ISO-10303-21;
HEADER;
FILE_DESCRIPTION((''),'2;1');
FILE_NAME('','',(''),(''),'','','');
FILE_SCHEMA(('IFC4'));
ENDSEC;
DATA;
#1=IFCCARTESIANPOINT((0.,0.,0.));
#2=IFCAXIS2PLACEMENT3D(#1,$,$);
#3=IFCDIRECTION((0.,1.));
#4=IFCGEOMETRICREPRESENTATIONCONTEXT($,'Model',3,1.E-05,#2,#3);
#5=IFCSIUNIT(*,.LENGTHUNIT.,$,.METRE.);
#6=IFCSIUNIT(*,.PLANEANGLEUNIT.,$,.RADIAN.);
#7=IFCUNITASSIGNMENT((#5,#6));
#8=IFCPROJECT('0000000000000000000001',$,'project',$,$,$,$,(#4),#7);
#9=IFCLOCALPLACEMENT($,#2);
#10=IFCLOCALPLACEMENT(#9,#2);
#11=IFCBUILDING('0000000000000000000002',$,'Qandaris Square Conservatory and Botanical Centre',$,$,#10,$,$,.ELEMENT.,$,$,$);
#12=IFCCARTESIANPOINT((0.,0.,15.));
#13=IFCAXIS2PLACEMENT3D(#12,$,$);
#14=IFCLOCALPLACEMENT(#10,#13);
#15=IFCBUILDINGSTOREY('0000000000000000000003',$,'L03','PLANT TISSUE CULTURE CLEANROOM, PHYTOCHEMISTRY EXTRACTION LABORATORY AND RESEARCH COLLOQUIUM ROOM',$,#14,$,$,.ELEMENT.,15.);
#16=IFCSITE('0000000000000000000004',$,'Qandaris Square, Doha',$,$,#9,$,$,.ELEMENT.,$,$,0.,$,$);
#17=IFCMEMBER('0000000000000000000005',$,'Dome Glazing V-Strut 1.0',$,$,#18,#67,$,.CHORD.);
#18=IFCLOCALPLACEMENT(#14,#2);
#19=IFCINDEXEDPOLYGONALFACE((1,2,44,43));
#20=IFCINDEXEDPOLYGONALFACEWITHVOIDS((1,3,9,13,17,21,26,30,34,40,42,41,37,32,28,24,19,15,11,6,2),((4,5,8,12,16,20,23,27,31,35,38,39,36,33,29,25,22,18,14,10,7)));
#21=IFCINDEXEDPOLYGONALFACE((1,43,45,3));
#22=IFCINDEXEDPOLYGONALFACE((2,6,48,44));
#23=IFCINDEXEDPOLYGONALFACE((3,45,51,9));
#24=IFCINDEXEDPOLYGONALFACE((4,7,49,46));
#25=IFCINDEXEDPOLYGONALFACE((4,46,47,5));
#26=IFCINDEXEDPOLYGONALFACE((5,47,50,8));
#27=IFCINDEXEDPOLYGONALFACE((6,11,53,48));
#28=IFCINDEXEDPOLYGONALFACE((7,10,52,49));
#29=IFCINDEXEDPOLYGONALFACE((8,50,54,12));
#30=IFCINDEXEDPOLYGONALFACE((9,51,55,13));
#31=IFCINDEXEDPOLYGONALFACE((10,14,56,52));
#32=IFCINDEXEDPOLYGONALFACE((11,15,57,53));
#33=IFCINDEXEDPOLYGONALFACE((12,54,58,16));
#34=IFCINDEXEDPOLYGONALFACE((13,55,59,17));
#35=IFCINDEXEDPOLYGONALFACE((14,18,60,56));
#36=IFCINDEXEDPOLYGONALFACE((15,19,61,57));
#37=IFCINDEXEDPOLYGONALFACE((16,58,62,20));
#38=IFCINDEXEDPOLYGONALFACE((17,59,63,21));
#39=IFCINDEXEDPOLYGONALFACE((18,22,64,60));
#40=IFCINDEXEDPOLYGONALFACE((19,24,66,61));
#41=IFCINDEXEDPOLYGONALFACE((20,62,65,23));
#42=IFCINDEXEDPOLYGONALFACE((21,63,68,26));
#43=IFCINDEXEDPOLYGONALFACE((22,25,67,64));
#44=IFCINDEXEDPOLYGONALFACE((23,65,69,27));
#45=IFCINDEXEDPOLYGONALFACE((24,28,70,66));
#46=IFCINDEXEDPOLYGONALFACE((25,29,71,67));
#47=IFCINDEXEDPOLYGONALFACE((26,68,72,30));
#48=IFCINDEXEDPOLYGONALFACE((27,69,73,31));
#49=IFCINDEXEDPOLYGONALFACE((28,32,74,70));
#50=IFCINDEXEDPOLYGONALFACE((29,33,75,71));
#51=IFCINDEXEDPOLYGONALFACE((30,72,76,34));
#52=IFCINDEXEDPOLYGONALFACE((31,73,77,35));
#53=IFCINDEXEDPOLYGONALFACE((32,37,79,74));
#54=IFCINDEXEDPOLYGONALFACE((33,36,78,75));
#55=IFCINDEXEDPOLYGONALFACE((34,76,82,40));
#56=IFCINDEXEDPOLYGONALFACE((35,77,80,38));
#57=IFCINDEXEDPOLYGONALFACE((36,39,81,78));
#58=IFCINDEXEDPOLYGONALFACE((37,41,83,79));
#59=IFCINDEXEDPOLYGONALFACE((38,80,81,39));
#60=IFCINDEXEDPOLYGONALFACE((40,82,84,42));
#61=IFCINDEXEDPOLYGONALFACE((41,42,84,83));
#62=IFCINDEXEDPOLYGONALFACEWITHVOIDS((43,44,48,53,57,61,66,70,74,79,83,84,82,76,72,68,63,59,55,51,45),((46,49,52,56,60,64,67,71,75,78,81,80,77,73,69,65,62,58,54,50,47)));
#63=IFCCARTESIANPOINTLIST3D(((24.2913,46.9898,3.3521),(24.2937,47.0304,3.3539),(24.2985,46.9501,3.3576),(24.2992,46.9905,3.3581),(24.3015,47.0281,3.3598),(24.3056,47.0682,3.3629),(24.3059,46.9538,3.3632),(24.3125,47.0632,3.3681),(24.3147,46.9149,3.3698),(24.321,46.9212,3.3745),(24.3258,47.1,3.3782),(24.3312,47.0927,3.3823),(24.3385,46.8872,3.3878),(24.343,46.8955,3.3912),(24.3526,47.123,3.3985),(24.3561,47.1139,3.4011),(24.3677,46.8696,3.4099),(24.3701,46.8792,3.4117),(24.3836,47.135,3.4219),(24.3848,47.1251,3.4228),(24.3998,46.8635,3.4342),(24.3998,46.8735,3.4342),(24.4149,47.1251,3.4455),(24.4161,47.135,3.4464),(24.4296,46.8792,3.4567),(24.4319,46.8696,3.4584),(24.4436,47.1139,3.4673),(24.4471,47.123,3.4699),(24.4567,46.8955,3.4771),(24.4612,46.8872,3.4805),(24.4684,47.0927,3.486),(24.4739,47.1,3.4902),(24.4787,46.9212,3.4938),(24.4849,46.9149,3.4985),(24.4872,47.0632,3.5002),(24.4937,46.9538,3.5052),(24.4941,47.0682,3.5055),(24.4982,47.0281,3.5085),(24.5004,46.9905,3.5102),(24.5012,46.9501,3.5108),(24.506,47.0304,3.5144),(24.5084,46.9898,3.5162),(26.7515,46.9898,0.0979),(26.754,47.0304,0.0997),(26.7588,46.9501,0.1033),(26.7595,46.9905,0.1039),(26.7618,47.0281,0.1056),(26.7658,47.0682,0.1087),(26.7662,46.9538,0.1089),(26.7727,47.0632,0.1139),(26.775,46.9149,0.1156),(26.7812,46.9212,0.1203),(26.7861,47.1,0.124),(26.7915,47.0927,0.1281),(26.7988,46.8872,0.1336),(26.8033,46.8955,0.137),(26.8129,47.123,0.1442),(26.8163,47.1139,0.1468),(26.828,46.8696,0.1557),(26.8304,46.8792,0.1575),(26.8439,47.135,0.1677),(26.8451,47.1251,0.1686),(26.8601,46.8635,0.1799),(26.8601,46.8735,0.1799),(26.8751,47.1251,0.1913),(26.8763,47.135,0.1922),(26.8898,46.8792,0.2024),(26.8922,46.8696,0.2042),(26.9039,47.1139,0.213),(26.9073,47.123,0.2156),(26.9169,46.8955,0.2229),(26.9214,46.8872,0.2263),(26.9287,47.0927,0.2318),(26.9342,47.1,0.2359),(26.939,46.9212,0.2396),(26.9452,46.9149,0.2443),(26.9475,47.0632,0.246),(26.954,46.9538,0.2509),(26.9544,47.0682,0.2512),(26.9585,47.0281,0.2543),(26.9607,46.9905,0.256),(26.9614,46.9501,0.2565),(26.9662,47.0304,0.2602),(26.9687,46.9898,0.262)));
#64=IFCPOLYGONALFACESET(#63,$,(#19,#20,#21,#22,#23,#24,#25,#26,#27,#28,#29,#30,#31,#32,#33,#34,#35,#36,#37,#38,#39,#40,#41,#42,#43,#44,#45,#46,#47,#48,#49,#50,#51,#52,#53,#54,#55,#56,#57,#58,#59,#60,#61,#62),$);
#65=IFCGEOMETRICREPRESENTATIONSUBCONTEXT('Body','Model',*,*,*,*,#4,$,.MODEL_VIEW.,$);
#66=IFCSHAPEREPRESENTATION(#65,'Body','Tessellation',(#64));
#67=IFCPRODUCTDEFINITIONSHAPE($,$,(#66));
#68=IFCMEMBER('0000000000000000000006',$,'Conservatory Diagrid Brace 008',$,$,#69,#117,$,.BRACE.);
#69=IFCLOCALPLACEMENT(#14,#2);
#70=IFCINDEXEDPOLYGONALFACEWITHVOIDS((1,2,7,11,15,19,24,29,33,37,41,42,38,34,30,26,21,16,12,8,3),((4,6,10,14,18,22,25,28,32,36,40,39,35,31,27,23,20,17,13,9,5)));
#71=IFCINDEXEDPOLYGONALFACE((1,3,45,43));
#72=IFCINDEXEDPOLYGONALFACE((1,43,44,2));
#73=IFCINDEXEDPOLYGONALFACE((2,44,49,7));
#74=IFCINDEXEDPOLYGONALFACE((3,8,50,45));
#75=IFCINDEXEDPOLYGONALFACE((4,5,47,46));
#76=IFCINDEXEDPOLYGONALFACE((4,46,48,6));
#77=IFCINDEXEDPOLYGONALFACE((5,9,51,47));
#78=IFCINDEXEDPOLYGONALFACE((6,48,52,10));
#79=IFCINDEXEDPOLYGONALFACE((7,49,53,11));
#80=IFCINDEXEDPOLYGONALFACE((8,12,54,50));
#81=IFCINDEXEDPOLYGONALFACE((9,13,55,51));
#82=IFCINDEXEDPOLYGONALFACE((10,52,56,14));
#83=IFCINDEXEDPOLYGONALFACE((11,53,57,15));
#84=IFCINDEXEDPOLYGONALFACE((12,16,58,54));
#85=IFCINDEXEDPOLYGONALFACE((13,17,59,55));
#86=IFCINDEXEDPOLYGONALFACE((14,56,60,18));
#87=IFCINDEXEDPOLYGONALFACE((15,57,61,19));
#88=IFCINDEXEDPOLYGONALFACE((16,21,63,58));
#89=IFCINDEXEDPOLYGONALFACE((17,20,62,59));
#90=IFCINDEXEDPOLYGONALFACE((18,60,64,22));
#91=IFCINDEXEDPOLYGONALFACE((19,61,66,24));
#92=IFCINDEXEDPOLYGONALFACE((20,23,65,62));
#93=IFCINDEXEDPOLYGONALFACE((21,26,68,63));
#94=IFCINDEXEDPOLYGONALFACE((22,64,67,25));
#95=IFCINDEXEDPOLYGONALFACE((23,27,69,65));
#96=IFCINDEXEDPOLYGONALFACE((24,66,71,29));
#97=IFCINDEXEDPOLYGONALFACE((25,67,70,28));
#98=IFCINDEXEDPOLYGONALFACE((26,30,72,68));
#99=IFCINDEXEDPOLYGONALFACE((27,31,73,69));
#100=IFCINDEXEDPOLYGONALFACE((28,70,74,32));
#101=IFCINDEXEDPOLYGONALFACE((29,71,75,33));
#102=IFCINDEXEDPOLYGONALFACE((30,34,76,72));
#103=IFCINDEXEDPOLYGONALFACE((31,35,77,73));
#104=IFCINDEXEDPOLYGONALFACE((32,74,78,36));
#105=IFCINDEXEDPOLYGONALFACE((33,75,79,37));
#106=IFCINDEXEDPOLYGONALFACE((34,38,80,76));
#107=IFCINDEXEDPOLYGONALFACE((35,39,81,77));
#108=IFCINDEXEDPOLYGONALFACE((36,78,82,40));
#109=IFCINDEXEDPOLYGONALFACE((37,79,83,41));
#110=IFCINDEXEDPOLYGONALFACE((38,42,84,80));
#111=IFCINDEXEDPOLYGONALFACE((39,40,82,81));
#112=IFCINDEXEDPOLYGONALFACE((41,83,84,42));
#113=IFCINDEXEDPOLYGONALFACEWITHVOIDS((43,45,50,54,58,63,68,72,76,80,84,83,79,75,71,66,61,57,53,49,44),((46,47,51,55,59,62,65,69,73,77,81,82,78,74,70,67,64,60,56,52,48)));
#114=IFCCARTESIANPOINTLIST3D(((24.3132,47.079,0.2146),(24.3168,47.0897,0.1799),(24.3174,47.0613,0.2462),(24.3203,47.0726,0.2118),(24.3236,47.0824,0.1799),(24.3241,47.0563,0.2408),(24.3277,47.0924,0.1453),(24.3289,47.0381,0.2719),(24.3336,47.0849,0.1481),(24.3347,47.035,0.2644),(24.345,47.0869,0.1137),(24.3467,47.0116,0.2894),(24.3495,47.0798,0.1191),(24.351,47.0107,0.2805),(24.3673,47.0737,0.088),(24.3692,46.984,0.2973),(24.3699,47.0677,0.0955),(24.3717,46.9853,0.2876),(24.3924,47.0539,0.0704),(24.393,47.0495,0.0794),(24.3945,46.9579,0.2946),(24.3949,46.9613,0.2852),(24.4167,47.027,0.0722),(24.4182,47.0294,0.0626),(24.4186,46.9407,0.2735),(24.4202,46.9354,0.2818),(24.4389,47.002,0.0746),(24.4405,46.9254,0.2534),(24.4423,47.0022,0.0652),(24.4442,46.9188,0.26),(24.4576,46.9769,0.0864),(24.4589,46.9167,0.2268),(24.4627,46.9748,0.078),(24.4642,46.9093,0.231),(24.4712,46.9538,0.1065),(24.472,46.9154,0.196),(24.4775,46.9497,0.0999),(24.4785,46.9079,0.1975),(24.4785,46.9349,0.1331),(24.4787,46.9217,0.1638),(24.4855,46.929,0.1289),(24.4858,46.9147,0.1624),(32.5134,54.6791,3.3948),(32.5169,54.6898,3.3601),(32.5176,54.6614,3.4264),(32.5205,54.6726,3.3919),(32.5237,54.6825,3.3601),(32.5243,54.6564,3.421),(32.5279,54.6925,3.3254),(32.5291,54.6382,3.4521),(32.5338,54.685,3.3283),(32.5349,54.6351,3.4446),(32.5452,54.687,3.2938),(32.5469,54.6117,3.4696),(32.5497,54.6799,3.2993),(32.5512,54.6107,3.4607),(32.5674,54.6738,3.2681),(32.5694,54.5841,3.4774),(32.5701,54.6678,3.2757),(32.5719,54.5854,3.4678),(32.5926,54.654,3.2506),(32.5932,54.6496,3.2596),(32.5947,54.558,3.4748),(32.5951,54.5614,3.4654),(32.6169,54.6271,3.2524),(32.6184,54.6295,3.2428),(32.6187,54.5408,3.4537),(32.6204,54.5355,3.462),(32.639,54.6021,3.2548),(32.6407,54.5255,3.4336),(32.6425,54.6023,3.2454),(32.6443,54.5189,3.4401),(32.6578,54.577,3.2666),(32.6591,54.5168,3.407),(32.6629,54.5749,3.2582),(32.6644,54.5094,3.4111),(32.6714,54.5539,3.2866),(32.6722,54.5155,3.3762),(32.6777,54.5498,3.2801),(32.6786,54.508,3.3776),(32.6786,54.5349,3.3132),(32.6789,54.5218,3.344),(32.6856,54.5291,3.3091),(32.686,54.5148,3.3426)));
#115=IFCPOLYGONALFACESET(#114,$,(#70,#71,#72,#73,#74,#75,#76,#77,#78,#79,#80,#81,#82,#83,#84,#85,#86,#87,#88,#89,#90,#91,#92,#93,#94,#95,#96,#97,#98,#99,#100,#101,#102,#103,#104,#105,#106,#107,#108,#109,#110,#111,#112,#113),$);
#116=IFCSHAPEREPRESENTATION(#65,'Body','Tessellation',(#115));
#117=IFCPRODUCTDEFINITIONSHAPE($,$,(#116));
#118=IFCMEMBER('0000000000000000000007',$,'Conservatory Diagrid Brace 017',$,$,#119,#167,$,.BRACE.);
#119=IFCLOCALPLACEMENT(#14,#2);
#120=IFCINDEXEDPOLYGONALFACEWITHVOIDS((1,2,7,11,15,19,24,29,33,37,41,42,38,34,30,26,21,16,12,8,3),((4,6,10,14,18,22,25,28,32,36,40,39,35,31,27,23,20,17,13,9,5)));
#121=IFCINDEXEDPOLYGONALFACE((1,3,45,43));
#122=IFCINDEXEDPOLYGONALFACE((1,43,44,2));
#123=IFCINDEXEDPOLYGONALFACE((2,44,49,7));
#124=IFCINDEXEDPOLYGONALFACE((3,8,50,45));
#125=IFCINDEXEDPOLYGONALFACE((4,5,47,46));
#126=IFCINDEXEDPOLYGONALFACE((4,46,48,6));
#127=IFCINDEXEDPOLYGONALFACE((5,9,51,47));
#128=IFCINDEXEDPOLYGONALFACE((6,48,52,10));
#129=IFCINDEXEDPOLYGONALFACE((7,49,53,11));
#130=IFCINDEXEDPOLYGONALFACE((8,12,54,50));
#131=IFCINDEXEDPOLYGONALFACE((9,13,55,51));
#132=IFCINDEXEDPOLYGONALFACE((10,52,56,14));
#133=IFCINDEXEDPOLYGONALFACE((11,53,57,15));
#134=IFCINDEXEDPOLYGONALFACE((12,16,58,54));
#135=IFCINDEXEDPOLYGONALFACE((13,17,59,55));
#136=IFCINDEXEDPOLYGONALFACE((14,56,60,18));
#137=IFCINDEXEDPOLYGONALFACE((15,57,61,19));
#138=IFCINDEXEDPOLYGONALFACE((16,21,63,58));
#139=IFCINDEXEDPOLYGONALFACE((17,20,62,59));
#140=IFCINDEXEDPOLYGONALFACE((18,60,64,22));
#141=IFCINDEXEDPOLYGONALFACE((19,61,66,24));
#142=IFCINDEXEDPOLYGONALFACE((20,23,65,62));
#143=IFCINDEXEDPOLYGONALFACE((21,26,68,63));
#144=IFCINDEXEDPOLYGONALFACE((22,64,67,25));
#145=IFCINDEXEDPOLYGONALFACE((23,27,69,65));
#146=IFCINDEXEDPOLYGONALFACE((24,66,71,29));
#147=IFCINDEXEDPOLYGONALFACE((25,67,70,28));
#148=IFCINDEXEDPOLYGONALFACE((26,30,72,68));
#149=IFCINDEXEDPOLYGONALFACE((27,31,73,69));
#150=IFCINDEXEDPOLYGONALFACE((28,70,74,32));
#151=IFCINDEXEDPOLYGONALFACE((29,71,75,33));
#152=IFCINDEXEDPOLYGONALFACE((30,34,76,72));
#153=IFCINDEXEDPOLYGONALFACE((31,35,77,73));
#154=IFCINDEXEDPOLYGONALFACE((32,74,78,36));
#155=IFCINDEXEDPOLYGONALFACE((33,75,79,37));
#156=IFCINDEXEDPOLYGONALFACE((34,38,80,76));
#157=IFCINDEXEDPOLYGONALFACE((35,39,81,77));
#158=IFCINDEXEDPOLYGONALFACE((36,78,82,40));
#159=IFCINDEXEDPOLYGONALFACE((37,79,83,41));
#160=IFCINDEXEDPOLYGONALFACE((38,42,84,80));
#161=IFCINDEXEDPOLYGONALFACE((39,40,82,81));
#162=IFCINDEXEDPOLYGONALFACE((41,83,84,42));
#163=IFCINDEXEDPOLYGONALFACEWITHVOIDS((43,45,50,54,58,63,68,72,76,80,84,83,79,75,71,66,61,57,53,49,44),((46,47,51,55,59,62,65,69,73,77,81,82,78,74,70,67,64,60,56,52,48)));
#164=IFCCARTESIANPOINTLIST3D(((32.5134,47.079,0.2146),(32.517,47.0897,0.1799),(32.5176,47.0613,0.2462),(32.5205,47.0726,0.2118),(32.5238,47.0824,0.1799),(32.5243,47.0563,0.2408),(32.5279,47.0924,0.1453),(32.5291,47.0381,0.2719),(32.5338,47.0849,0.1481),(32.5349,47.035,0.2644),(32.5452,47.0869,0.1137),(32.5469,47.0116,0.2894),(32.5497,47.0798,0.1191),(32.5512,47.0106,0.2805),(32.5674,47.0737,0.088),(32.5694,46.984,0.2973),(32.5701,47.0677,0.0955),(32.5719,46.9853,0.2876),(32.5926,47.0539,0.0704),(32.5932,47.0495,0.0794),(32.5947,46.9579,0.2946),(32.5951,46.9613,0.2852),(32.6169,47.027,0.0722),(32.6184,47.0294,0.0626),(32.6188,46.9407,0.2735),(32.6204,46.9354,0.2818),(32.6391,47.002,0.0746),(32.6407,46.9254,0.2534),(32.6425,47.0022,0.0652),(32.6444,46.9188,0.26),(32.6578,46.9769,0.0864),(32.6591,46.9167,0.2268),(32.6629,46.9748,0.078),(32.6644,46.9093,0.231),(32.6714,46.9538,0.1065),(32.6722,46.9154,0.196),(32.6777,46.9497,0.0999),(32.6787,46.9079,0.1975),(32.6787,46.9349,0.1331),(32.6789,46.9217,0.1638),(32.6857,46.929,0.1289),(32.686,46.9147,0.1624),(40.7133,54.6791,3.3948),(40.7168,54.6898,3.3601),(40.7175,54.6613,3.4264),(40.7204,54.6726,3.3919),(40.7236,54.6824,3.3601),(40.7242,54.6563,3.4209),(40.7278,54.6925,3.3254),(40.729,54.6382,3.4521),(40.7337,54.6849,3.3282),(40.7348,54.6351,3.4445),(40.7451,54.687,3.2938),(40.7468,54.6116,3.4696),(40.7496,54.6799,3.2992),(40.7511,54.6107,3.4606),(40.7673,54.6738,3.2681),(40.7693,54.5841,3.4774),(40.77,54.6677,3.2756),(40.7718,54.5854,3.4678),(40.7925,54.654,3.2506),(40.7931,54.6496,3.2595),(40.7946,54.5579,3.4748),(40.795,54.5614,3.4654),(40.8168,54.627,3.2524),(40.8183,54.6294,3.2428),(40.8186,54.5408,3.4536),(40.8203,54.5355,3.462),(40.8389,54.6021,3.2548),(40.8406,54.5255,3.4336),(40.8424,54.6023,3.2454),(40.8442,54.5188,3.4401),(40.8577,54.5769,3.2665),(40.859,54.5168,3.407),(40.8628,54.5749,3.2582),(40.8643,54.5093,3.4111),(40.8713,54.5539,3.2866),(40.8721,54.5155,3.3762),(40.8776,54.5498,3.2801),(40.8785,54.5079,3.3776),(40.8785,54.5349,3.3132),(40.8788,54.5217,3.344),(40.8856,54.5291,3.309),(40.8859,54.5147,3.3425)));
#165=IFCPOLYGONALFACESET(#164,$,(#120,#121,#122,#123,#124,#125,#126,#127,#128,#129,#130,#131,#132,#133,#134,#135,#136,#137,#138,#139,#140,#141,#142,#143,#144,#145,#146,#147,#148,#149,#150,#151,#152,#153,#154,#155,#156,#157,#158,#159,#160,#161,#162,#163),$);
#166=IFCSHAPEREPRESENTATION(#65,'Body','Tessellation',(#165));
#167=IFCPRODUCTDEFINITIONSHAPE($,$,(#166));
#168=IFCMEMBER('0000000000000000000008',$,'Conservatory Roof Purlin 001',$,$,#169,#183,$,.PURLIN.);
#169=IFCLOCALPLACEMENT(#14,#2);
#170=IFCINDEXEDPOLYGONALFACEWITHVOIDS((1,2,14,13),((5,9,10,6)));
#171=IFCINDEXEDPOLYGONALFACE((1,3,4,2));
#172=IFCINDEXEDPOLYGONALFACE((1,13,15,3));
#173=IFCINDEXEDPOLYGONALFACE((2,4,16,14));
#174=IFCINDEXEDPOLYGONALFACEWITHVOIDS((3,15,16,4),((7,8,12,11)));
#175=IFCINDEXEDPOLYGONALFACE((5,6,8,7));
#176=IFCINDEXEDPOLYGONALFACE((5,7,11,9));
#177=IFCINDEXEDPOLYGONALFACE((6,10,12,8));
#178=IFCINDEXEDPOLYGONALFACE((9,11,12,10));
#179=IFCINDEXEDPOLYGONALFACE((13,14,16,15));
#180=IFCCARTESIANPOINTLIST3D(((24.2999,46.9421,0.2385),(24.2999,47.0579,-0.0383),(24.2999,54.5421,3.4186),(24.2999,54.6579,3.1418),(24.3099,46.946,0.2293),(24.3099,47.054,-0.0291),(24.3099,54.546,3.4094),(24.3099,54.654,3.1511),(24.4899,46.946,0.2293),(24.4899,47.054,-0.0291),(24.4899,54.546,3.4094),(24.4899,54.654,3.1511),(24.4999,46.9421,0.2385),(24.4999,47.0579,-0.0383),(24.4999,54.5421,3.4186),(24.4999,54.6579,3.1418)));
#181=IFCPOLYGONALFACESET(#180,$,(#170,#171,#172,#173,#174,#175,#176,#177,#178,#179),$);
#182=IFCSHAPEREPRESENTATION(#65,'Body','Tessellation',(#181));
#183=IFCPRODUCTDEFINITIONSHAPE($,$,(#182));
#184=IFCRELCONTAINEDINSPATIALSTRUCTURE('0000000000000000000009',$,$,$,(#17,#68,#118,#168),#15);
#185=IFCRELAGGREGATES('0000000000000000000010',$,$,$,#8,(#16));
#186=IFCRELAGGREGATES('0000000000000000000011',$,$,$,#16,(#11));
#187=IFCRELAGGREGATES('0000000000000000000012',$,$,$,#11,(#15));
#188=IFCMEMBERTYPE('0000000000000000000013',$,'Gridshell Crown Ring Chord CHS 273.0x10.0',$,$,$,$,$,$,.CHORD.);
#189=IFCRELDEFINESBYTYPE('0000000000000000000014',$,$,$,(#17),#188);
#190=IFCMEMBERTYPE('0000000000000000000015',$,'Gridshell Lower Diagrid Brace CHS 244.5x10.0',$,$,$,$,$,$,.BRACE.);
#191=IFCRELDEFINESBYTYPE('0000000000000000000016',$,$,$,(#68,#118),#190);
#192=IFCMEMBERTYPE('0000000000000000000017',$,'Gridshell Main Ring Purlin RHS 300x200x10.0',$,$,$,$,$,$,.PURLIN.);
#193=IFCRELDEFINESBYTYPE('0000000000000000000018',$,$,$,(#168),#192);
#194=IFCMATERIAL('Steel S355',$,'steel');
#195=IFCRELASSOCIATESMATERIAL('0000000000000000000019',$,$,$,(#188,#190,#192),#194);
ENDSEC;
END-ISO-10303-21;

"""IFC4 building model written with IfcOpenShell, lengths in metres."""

from ifc_helpers import new_model, si_unit, direction, frame, origin, origin_2d, place, context, subcontext, project, spatial, hollow_rectangle, hollow_circle, extrude, material, material_profile, profile_set, type_object, element, save


model = new_model("IFC4")

# Units and contexts
model_context = context("Model", 3, precision=1e-05, world=origin(), true_north=direction((0.0, 1.0)))
body_context = subcontext(model_context, "Body", "Model", "MODEL_VIEW")
ifc_project = project(units=[si_unit("LENGTHUNIT", "METRE"), si_unit("PLANEANGLEUNIT", "RADIAN")], contexts=[model_context])

# Site, building, storey
site_placement = place(None, origin())
site = spatial("IfcSite", under=ifc_project, at=site_placement, Name="Qandaris Square, Doha", CompositionType="ELEMENT", RefElevation=0.0)
building_placement = place(site_placement, origin())
building = spatial("IfcBuilding", under=site, at=building_placement, Name="Qandaris Square Conservatory and Botanical Centre", CompositionType="ELEMENT")
storey_placement = place(building_placement, frame((0.0, 0.0, 15.0)))
storey = spatial("IfcBuildingStorey", under=building, at=storey_placement, Name="L03", Description="PLANT TISSUE CULTURE CLEANROOM, PHYTOCHEMISTRY EXTRACTION LABORATORY AND RESEARCH COLLOQUIUM ROOM", CompositionType="ELEMENT", Elevation=15.0)

# Shared definitions
ifc_material_1 = material(Name="Steel S355", Category="steel")

# Members
ifc_material_profile_1 = material_profile(ifc_material_1, hollow_circle(Radius=0.1365, WallThickness=0.01, at=origin_2d()), Name="CHS 273.0x10.0")
ifc_profile_set_1 = profile_set([ifc_material_profile_1], Name="Steel S355")
member_type_1 = type_object("IfcMemberType", Name="Gridshell Crown Ring Chord CHS 273.0x10.0", PredefinedType="CHORD", material=ifc_profile_set_1)
member_1_placement = place(storey_placement, frame((26.8601, 47.0, 0.1799), z_axis=(-0.603069, 0.0, 0.797689), x_axis=(0.0, -1.0, 0.0)))
element("IfcMember", 1, at=member_1_placement, inside=storey, type_object=member_type_1, Name="Dome Glazing V-Strut 1.0", PredefinedType="CHORD", context=body_context, shape_type="SweptSolid", body=[
    extrude(hollow_circle(Radius=0.1365, WallThickness=0.01, at=origin_2d()), origin(), (0.0, 0.0, 1.0), 4.0796),
])
ifc_material_profile_2 = material_profile(ifc_material_1, hollow_circle(Radius=0.1223, WallThickness=0.01, at=origin_2d()), Name="CHS 244.5x10.0")
ifc_profile_set_2 = profile_set([ifc_material_profile_2], Name="Steel S355")
member_type_2 = type_object("IfcMemberType", Name="Gridshell Lower Diagrid Brace CHS 244.5x10.0", PredefinedType="BRACE", material=ifc_profile_set_2)
member_2_placement = place(storey_placement, frame((24.3999, 47.0, 0.1799), z_axis=(0.705452, 0.653826, 0.273586), x_axis=(-0.679761, 0.733434, 0.0)))
element("IfcMember", 2, at=member_2_placement, inside=storey, type_object=member_type_2, Name="Conservatory Diagrid Brace 008", PredefinedType="BRACE", context=body_context, shape_type="SweptSolid", body=[
    extrude(hollow_circle(Radius=0.1223, WallThickness=0.01, at=origin_2d()), origin(), (0.0, 0.0, 1.0), 11.624),
])
member_3_placement = place(storey_placement, frame((32.6001, 47.0, 0.1799), z_axis=(0.705441, 0.653836, 0.27359), x_axis=(-0.679772, 0.733424, 0.0)))
element("IfcMember", 3, at=member_3_placement, inside=storey, type_object=member_type_2, Name="Conservatory Diagrid Brace 017", PredefinedType="BRACE", context=body_context, shape_type="SweptSolid", body=[
    extrude(hollow_circle(Radius=0.1223, WallThickness=0.01, at=origin_2d()), origin(), (0.0, 0.0, 1.0), 11.6238),
])
ifc_material_profile_3 = material_profile(ifc_material_1, hollow_rectangle(XDim=0.2, YDim=0.3, WallThickness=0.01, at=origin_2d()), Name="RHS 300x200x10.0")
ifc_profile_set_3 = profile_set([ifc_material_profile_3], Name="Steel S355")
member_type_3 = type_object("IfcMemberType", Name="Gridshell Main Ring Purlin RHS 300x200x10.0", PredefinedType="PURLIN", material=ifc_profile_set_3)
member_4_placement = place(storey_placement, frame((24.3999, 47.0, 0.1001), z_axis=(0.0, 0.922495, 0.386008), x_axis=(-1.0, 0.0, 0.0)))
element("IfcMember", 4, at=member_4_placement, inside=storey, type_object=member_type_3, Name="Conservatory Roof Purlin 001", PredefinedType="PURLIN", context=body_context, shape_type="SweptSolid", body=[
    extrude(hollow_rectangle(XDim=0.2, YDim=0.3, WallThickness=0.01, at=origin_2d()), origin(), (0.0, 0.0, 1.0), 8.2385),
])

save(model, "model.ifc")
